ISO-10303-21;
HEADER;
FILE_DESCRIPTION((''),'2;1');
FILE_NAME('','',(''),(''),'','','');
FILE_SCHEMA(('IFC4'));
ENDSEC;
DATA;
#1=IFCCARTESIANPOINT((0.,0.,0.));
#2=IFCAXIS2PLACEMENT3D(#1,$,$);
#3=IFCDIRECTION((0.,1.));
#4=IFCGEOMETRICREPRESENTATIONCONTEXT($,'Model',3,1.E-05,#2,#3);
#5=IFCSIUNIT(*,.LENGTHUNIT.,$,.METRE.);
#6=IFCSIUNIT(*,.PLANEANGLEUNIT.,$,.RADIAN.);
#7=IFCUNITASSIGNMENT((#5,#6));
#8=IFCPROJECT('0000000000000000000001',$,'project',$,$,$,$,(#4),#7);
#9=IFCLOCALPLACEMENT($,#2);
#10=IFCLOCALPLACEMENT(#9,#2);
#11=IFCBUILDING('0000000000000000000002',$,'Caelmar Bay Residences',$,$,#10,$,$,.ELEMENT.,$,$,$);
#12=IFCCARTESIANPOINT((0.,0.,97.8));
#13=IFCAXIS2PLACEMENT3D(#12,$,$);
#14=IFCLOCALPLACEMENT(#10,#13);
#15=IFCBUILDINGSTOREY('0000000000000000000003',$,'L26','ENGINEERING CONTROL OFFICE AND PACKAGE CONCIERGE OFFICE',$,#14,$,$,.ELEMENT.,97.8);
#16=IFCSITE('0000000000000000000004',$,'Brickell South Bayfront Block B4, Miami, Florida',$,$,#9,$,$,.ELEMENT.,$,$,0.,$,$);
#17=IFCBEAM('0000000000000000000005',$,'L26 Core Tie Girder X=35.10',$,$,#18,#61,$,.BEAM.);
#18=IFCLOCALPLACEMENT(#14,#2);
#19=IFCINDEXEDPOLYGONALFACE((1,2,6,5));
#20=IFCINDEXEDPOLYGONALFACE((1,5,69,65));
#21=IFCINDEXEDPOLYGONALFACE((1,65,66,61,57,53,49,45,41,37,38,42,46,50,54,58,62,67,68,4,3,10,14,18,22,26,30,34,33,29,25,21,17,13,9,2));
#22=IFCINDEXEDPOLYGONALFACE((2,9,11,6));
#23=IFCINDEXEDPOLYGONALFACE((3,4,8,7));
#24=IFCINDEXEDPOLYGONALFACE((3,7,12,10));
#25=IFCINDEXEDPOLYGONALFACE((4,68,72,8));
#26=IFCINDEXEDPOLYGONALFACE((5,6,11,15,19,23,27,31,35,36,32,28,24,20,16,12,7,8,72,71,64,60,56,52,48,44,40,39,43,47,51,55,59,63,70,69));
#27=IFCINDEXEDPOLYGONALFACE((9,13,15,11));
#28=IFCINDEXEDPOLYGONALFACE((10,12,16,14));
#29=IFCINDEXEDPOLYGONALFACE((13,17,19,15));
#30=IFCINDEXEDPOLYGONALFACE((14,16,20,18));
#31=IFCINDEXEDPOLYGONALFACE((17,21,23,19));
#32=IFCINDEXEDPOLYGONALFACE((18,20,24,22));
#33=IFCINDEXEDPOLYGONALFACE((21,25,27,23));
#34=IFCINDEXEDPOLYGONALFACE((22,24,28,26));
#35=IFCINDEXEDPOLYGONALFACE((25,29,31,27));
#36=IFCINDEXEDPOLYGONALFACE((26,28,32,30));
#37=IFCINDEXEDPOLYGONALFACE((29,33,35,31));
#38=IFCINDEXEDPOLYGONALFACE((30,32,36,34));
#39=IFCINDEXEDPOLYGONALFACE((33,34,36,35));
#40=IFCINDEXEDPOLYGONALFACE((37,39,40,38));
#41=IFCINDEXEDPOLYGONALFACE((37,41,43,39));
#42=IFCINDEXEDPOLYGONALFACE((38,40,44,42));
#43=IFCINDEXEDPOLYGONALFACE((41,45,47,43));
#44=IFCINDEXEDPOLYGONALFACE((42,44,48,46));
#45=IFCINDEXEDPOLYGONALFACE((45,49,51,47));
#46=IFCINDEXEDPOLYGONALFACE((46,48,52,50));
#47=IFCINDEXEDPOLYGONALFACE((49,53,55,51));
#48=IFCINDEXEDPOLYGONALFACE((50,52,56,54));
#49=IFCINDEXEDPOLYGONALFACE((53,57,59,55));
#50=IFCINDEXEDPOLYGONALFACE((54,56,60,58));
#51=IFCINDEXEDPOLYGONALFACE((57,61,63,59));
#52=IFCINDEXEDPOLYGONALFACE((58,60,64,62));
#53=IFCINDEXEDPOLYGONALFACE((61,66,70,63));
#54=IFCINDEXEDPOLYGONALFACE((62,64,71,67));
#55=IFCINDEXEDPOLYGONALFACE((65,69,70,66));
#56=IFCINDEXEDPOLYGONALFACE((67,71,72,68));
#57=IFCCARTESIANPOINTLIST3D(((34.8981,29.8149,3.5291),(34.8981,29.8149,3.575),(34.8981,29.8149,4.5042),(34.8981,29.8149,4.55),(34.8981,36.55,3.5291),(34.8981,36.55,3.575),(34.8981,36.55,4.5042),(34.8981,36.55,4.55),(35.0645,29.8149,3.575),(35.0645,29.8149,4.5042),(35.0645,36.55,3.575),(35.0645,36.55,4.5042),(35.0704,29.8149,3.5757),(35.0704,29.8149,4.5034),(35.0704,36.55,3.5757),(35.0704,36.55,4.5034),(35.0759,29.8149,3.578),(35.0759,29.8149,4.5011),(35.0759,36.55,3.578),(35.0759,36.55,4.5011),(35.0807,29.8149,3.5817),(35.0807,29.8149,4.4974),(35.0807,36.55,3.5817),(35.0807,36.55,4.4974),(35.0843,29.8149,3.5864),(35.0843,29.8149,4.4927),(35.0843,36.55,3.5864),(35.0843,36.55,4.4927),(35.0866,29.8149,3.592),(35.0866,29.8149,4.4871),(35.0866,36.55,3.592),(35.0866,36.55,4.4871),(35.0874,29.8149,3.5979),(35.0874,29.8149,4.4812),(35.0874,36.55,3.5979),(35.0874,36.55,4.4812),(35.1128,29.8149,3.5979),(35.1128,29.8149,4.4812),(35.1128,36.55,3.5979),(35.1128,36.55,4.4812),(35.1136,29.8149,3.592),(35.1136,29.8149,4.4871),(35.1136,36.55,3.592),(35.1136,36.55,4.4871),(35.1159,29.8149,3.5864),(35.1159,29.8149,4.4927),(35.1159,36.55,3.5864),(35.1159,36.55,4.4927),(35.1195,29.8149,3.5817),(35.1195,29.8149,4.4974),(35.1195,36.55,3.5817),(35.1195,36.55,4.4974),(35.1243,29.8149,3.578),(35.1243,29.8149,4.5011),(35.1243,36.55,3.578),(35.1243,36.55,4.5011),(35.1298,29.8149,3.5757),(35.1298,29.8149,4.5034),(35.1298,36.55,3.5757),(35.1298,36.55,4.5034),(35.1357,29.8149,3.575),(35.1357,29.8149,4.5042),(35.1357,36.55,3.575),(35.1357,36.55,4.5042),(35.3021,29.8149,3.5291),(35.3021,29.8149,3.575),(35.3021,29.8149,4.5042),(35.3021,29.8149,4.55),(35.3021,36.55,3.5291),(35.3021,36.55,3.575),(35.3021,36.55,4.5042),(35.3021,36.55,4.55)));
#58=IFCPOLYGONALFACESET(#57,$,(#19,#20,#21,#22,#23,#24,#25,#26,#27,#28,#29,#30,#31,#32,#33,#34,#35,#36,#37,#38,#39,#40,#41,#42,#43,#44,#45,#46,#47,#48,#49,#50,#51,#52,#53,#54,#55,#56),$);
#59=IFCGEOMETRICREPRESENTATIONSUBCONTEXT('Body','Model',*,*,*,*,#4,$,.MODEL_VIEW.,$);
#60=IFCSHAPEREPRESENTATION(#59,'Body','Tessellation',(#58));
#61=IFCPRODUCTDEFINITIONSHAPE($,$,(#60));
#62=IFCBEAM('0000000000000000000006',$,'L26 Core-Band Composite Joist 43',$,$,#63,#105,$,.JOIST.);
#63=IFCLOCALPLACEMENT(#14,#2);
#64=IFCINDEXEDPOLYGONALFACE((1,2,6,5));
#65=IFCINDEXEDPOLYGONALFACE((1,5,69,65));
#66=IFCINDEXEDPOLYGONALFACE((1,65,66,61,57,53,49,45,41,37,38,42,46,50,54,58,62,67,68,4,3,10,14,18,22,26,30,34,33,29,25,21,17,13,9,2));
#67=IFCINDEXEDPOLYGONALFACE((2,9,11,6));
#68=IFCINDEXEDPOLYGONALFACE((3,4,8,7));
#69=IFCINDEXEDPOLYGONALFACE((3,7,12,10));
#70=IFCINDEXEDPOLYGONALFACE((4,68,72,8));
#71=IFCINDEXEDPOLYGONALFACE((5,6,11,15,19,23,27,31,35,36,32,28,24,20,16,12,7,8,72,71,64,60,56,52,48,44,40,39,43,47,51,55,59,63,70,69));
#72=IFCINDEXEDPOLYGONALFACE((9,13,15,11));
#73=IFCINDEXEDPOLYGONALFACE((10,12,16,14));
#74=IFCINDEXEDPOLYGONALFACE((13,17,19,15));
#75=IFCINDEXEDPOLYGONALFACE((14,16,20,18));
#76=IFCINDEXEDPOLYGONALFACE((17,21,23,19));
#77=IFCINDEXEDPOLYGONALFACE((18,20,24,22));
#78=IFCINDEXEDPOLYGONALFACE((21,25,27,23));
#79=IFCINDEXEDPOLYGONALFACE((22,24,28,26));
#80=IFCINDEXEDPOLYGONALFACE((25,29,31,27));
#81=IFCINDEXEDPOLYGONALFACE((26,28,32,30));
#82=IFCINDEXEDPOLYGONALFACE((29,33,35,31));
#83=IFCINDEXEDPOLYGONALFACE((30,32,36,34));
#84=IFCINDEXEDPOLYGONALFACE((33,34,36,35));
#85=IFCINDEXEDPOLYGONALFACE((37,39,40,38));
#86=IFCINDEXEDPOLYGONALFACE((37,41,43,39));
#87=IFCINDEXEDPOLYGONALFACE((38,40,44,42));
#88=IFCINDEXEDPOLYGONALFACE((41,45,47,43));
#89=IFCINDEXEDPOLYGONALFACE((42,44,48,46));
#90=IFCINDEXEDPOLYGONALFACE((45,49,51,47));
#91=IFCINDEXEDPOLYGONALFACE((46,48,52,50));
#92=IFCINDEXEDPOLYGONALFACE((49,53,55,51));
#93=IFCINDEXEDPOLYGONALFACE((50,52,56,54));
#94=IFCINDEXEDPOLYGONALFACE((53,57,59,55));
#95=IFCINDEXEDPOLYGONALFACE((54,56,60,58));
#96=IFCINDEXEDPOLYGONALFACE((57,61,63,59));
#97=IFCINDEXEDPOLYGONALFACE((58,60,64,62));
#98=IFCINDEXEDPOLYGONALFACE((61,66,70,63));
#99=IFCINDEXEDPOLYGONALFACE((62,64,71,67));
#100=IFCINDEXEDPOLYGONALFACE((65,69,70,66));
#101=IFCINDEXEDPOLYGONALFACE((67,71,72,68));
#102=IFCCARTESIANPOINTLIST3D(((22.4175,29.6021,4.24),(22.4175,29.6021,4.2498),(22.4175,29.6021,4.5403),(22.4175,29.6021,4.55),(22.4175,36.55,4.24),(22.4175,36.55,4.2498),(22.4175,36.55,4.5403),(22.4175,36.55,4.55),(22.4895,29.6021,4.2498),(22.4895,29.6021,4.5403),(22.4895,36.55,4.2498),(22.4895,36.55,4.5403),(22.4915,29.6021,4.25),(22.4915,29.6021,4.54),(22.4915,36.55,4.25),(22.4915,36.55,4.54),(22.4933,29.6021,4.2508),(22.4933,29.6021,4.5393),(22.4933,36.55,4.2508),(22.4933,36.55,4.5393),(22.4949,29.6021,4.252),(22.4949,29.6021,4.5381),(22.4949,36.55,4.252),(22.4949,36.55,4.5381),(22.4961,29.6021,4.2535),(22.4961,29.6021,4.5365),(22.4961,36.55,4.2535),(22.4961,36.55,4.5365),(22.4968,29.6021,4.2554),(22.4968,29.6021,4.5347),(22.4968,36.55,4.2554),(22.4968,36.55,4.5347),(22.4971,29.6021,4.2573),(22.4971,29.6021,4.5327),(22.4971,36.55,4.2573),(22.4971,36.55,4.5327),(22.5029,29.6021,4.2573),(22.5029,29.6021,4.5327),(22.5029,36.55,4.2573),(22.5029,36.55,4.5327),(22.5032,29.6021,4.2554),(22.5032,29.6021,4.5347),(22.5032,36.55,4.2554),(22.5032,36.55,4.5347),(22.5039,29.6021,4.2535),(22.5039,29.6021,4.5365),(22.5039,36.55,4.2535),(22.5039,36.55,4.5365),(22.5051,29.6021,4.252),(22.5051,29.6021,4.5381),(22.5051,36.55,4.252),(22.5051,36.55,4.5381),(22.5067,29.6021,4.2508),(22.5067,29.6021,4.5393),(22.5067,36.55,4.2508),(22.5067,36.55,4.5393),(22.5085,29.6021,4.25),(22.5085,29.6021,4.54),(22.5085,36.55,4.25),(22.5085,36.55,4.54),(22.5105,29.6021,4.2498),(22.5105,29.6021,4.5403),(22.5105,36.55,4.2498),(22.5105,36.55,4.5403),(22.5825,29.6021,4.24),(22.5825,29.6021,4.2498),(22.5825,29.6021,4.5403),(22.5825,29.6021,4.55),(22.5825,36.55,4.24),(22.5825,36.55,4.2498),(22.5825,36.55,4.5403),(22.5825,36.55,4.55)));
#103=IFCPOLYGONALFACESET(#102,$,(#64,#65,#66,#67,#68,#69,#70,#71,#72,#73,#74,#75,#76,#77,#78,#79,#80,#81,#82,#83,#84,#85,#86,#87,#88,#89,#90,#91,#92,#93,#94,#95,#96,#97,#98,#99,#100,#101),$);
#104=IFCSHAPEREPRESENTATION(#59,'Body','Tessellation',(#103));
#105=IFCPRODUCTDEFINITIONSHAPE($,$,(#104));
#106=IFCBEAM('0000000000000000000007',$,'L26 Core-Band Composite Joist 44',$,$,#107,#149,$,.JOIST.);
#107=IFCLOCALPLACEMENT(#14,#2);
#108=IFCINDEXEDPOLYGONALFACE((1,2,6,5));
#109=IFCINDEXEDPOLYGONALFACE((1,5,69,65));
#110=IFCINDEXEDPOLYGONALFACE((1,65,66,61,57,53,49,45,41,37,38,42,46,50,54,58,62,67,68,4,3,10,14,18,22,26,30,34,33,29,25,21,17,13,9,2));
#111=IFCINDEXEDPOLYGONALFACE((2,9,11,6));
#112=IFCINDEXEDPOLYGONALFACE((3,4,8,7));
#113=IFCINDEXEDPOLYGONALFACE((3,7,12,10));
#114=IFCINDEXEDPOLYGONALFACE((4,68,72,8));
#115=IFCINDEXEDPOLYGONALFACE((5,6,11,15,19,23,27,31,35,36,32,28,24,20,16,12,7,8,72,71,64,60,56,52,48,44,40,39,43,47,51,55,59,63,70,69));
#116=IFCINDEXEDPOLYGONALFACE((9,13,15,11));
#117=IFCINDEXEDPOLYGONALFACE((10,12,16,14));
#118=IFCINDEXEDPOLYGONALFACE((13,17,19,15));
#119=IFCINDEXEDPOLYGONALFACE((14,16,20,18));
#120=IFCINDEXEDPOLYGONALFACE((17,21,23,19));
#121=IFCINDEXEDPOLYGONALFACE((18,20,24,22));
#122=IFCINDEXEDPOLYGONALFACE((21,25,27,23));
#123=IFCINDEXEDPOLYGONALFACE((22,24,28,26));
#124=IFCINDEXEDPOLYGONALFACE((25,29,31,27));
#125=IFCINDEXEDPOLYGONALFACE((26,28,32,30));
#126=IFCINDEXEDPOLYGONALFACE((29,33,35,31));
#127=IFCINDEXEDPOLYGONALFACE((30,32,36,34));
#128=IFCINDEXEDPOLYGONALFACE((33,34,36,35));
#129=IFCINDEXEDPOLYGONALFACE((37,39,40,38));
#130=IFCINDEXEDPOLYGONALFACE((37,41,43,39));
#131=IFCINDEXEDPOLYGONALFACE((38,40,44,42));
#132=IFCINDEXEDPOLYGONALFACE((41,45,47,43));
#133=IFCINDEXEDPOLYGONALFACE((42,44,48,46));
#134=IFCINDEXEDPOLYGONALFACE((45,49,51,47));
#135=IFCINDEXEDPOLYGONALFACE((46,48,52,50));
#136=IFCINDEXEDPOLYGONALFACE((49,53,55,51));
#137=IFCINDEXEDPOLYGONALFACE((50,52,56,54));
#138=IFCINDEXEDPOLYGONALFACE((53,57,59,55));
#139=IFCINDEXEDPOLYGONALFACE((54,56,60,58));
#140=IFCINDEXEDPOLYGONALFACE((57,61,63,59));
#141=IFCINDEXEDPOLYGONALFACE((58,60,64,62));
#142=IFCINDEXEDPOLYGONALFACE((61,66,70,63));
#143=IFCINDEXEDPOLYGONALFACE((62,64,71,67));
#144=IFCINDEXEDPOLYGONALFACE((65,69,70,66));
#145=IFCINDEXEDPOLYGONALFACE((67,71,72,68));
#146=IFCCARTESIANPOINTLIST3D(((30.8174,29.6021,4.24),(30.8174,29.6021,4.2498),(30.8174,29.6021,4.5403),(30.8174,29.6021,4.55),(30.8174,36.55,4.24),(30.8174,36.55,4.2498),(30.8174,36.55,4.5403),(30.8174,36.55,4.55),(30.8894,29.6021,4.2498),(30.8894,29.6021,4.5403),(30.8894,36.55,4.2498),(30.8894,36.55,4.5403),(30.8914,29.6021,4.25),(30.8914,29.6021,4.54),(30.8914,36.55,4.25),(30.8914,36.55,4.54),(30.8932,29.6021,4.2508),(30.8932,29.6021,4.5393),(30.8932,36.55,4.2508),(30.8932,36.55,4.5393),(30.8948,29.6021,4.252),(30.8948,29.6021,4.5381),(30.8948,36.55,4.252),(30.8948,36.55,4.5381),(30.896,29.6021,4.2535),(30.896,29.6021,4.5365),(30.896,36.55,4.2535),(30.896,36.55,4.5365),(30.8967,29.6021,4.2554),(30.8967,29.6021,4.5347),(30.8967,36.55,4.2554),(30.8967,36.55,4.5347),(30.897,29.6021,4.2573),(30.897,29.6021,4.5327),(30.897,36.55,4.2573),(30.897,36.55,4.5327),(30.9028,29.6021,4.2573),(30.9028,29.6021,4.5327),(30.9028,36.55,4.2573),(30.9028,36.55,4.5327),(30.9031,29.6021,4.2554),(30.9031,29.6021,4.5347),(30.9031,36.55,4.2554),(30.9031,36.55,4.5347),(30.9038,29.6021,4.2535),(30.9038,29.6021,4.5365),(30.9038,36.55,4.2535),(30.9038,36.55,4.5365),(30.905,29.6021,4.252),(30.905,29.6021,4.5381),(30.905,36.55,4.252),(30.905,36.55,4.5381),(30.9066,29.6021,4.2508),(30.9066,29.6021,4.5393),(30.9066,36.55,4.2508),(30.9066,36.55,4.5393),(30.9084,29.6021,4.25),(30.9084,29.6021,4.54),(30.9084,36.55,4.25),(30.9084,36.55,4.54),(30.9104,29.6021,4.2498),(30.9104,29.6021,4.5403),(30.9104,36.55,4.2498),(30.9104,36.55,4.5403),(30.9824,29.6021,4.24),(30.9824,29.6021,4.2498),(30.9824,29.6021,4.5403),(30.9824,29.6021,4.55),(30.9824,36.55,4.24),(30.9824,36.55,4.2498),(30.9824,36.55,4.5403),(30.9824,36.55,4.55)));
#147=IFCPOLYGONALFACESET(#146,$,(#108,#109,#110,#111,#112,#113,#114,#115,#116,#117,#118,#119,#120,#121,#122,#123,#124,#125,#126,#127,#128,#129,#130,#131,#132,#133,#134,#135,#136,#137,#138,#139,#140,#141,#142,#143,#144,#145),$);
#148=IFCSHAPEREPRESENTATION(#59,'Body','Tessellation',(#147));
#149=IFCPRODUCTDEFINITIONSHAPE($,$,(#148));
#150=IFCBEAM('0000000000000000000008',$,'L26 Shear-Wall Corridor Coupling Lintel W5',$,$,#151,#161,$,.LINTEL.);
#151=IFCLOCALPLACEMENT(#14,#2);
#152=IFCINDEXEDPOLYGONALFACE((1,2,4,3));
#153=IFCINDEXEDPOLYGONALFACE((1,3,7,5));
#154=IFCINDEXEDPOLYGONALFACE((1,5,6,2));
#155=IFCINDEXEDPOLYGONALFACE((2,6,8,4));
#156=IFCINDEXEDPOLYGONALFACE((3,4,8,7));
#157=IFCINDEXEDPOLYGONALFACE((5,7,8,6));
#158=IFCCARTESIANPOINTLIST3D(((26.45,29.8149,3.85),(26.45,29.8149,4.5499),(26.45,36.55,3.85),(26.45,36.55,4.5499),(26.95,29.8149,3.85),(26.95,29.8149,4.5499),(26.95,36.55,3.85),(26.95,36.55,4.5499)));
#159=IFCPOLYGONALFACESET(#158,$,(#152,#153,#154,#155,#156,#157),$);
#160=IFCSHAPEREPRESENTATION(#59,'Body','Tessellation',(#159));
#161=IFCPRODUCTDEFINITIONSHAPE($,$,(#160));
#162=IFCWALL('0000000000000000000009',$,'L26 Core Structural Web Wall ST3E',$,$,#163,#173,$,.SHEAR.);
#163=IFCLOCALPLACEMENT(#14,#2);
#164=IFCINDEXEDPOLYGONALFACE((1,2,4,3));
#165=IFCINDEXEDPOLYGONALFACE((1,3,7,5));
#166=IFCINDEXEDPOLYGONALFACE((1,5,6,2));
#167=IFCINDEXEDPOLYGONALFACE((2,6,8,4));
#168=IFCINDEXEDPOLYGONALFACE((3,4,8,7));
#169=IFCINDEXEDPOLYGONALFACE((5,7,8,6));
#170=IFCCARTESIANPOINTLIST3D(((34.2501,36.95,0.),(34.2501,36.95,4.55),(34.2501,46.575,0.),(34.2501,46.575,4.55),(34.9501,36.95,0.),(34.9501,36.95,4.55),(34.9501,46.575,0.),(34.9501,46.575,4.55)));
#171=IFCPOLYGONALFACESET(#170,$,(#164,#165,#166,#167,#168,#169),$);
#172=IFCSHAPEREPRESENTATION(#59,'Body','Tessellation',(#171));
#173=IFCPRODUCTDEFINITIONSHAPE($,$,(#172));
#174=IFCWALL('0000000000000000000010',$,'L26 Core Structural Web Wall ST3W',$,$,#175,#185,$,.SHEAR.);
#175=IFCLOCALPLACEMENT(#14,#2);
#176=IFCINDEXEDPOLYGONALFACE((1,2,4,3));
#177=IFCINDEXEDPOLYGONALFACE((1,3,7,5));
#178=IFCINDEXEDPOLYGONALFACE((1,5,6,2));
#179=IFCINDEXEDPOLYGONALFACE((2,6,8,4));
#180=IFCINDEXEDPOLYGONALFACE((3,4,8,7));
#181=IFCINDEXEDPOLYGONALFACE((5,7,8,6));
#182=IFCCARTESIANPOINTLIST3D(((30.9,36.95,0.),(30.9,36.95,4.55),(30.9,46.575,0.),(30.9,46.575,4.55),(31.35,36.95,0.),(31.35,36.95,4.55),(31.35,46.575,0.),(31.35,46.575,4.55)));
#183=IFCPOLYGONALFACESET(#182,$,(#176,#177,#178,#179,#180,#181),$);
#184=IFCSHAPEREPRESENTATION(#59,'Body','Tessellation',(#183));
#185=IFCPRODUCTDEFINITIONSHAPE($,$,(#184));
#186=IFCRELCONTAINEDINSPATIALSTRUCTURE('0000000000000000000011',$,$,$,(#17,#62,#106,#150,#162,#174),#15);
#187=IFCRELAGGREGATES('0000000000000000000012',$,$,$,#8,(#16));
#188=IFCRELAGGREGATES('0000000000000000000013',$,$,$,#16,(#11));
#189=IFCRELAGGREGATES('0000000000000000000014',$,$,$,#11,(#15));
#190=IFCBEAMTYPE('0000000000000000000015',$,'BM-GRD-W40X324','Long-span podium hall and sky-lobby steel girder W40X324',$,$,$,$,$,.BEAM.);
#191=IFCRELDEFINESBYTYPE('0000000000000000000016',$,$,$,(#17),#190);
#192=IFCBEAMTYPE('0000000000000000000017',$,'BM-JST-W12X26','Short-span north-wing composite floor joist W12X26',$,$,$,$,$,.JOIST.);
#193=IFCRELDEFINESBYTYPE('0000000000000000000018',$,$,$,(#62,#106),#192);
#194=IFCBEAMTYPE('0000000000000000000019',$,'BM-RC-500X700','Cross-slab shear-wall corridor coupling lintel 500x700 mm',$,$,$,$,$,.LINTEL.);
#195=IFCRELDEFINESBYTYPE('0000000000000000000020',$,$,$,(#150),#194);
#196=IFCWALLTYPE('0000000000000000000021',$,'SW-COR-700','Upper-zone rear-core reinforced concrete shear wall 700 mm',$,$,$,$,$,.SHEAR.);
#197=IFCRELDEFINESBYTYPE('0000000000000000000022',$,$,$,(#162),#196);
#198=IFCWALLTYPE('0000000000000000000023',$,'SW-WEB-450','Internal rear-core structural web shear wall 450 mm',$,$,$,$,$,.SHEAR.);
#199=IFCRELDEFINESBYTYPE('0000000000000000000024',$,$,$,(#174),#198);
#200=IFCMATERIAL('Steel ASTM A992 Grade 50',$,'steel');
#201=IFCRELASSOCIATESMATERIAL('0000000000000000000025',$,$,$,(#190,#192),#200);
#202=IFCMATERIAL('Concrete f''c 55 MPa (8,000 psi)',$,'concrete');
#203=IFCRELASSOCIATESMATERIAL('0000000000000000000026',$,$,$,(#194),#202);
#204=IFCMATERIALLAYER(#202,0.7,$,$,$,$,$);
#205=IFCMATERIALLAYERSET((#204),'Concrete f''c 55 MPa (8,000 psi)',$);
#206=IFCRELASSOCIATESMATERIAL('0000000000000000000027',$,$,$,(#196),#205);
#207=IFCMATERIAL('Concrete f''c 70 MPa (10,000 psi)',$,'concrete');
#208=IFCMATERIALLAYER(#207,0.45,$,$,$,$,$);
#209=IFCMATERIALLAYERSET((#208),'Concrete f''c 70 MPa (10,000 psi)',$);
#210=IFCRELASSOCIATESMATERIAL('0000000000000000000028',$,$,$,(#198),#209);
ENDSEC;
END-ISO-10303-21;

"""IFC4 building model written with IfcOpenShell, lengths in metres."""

from ifc_helpers import new_model, si_unit, direction, frame, frame_2d, origin, origin_2d, place, context, subcontext, project, spatial, rectangle, i_section, extrude, material, layer, layer_set, material_profile, profile_set, type_object, element, save


model = new_model("IFC4")

# Units and contexts
model_context = context("Model", 3, precision=1e-05, world=origin(), true_north=direction((0.0, 1.0)))
body_context = subcontext(model_context, "Body", "Model", "MODEL_VIEW")
ifc_project = project(units=[si_unit("LENGTHUNIT", "METRE"), si_unit("PLANEANGLEUNIT", "RADIAN")], contexts=[model_context])

# Site, building, storey
site_placement = place(None, origin())
site = spatial("IfcSite", under=ifc_project, at=site_placement, Name="Brickell South Bayfront Block B4, Miami, Florida", CompositionType="ELEMENT", RefElevation=0.0)
building_placement = place(site_placement, origin())
building = spatial("IfcBuilding", under=site, at=building_placement, Name="Caelmar Bay Residences", CompositionType="ELEMENT")
storey_placement = place(building_placement, frame((0.0, 0.0, 97.8)))
storey = spatial("IfcBuildingStorey", under=building, at=storey_placement, Name="L26", Description="ENGINEERING CONTROL OFFICE AND PACKAGE CONCIERGE OFFICE", CompositionType="ELEMENT", Elevation=97.8)

# Beams
ifc_material_1 = material(Name="Steel ASTM A992 Grade 50", Category="steel")
ifc_material_profile_1 = material_profile(ifc_material_1, i_section(OverallWidth=0.4041, OverallDepth=1.021, WebThickness=0.0254, FlangeThickness=0.0459, FilletRadius=0.0229, at=origin_2d()), Name="W40X324")
ifc_profile_set_1 = profile_set([ifc_material_profile_1], Name="Steel ASTM A992 Grade 50")
beam_type_1 = type_object("IfcBeamType", Name="BM-GRD-W40X324", Description="Long-span podium hall and sky-lobby steel girder W40X324", PredefinedType="BEAM", material=ifc_profile_set_1)
beam_1_placement = place(storey_placement, frame((35.1001, 29.8149, 4.0396), z_axis=(0.0, 1.0, 0.0), x_axis=(-1.0, 0.0, 0.0)))
element("IfcBeam", 1, at=beam_1_placement, inside=storey, type_object=beam_type_1, Name="L26 Core Tie Girder X=35.10", PredefinedType="BEAM", context=body_context, shape_type="SweptSolid", body=[
    extrude(i_section(OverallWidth=0.4041, OverallDepth=1.021, WebThickness=0.0254, FlangeThickness=0.0459, FilletRadius=0.0229, at=origin_2d()), origin(), (0.0, 0.0, 1.0), 6.7351),
])
ifc_material_profile_2 = material_profile(ifc_material_1, i_section(OverallWidth=0.165, OverallDepth=0.3101, WebThickness=0.0059, FlangeThickness=0.0098, FilletRadius=0.0076, at=origin_2d()), Name="W12X26")
ifc_profile_set_2 = profile_set([ifc_material_profile_2], Name="Steel ASTM A992 Grade 50")
beam_type_2 = type_object("IfcBeamType", Name="BM-JST-W12X26", Description="Short-span north-wing composite floor joist W12X26", PredefinedType="JOIST", material=ifc_profile_set_2)
for number, where, z_axis, x_axis, name in (
    (2, (22.5, 29.6021, 4.395), (0.0, 1.0, 0.0), (-1.0, 0.0, 0.0), "L26 Core-Band Composite Joist 43"),
    (3, (30.8999, 29.6021, 4.395), (0.0, 1.0, 0.0), (-1.0, 0.0, 0.0), "L26 Core-Band Composite Joist 44"),
):
    element("IfcBeam", number, at=place(storey_placement, frame(where, z_axis=z_axis, x_axis=x_axis)), inside=storey, type_object=beam_type_2, Name=name, PredefinedType="JOIST", context=body_context, shape_type="SweptSolid", body=[
        extrude(i_section(OverallWidth=0.165, OverallDepth=0.3101, WebThickness=0.0059, FlangeThickness=0.0098, FilletRadius=0.0076, at=origin_2d()), origin(), (0.0, 0.0, 1.0), 6.948),
    ])
ifc_material_2 = material(Name="Concrete f'c 55 MPa (8,000 psi)", Category="concrete")
ifc_material_profile_3 = material_profile(ifc_material_2, rectangle(XDim=0.5, YDim=0.7, at=origin_2d()), Name="RC-BM-500X700")
ifc_profile_set_3 = profile_set([ifc_material_profile_3], Name="Concrete f'c 55 MPa (8,000 psi)")
beam_type_3 = type_object("IfcBeamType", Name="BM-RC-500X700", Description="Cross-slab shear-wall corridor coupling lintel 500x700 mm", PredefinedType="LINTEL", material=ifc_profile_set_3)
beam_2_placement = place(storey_placement, frame((26.7, 29.8149, 4.2), z_axis=(0.0, 1.0, 0.0), x_axis=(-1.0, 0.0, 0.0)))
element("IfcBeam", 4, at=beam_2_placement, inside=storey, type_object=beam_type_3, Name="L26 Shear-Wall Corridor Coupling Lintel W5", PredefinedType="LINTEL", context=body_context, shape_type="SweptSolid", body=[
    extrude(rectangle(XDim=0.5, YDim=0.7, at=origin_2d()), origin(), (0.0, 0.0, 1.0), 6.7351),
])

# Shared definitions
ifc_layer_1 = layer(ifc_material_2, 0.7)
ifc_layer_set_1 = layer_set([ifc_layer_1], Name="Concrete f'c 55 MPa (8,000 psi)")
wall_type_1 = type_object("IfcWallType", Name="SW-COR-700", Description="Upper-zone rear-core reinforced concrete shear wall 700 mm", PredefinedType="SHEAR", material=ifc_layer_set_1)

# Walls
wall_1_placement = place(storey_placement, frame((34.6001, 36.95, 0.0), z_axis=(0.0, 0.0, 1.0), x_axis=(0.0, 1.0, 0.0)))
element("IfcWall", 5, at=wall_1_placement, inside=storey, type_object=wall_type_1, Name="L26 Core Structural Web Wall ST3E", PredefinedType="SHEAR", context=body_context, shape_type="SweptSolid", body=[
    extrude(rectangle(XDim=9.625, YDim=0.7, at=frame_2d((4.8125, 0.0))), origin(), (0.0, 0.0, 1.0), 4.55),
])
ifc_material_3 = material(Name="Concrete f'c 70 MPa (10,000 psi)", Category="concrete")
ifc_layer_2 = layer(ifc_material_3, 0.45)
ifc_layer_set_2 = layer_set([ifc_layer_2], Name="Concrete f'c 70 MPa (10,000 psi)")
wall_type_2 = type_object("IfcWallType", Name="SW-WEB-450", Description="Internal rear-core structural web shear wall 450 mm", PredefinedType="SHEAR", material=ifc_layer_set_2)
wall_2_placement = place(storey_placement, frame((31.125, 36.95, 0.0), z_axis=(0.0, 0.0, 1.0), x_axis=(0.0, 1.0, 0.0)))
element("IfcWall", 6, at=wall_2_placement, inside=storey, type_object=wall_type_2, Name="L26 Core Structural Web Wall ST3W", PredefinedType="SHEAR", context=body_context, shape_type="SweptSolid", body=[
    extrude(rectangle(XDim=9.625, YDim=0.45, at=frame_2d((4.8125, 0.0))), origin(), (0.0, 0.0, 1.0), 4.55),
])

save(model, "model.ifc")
